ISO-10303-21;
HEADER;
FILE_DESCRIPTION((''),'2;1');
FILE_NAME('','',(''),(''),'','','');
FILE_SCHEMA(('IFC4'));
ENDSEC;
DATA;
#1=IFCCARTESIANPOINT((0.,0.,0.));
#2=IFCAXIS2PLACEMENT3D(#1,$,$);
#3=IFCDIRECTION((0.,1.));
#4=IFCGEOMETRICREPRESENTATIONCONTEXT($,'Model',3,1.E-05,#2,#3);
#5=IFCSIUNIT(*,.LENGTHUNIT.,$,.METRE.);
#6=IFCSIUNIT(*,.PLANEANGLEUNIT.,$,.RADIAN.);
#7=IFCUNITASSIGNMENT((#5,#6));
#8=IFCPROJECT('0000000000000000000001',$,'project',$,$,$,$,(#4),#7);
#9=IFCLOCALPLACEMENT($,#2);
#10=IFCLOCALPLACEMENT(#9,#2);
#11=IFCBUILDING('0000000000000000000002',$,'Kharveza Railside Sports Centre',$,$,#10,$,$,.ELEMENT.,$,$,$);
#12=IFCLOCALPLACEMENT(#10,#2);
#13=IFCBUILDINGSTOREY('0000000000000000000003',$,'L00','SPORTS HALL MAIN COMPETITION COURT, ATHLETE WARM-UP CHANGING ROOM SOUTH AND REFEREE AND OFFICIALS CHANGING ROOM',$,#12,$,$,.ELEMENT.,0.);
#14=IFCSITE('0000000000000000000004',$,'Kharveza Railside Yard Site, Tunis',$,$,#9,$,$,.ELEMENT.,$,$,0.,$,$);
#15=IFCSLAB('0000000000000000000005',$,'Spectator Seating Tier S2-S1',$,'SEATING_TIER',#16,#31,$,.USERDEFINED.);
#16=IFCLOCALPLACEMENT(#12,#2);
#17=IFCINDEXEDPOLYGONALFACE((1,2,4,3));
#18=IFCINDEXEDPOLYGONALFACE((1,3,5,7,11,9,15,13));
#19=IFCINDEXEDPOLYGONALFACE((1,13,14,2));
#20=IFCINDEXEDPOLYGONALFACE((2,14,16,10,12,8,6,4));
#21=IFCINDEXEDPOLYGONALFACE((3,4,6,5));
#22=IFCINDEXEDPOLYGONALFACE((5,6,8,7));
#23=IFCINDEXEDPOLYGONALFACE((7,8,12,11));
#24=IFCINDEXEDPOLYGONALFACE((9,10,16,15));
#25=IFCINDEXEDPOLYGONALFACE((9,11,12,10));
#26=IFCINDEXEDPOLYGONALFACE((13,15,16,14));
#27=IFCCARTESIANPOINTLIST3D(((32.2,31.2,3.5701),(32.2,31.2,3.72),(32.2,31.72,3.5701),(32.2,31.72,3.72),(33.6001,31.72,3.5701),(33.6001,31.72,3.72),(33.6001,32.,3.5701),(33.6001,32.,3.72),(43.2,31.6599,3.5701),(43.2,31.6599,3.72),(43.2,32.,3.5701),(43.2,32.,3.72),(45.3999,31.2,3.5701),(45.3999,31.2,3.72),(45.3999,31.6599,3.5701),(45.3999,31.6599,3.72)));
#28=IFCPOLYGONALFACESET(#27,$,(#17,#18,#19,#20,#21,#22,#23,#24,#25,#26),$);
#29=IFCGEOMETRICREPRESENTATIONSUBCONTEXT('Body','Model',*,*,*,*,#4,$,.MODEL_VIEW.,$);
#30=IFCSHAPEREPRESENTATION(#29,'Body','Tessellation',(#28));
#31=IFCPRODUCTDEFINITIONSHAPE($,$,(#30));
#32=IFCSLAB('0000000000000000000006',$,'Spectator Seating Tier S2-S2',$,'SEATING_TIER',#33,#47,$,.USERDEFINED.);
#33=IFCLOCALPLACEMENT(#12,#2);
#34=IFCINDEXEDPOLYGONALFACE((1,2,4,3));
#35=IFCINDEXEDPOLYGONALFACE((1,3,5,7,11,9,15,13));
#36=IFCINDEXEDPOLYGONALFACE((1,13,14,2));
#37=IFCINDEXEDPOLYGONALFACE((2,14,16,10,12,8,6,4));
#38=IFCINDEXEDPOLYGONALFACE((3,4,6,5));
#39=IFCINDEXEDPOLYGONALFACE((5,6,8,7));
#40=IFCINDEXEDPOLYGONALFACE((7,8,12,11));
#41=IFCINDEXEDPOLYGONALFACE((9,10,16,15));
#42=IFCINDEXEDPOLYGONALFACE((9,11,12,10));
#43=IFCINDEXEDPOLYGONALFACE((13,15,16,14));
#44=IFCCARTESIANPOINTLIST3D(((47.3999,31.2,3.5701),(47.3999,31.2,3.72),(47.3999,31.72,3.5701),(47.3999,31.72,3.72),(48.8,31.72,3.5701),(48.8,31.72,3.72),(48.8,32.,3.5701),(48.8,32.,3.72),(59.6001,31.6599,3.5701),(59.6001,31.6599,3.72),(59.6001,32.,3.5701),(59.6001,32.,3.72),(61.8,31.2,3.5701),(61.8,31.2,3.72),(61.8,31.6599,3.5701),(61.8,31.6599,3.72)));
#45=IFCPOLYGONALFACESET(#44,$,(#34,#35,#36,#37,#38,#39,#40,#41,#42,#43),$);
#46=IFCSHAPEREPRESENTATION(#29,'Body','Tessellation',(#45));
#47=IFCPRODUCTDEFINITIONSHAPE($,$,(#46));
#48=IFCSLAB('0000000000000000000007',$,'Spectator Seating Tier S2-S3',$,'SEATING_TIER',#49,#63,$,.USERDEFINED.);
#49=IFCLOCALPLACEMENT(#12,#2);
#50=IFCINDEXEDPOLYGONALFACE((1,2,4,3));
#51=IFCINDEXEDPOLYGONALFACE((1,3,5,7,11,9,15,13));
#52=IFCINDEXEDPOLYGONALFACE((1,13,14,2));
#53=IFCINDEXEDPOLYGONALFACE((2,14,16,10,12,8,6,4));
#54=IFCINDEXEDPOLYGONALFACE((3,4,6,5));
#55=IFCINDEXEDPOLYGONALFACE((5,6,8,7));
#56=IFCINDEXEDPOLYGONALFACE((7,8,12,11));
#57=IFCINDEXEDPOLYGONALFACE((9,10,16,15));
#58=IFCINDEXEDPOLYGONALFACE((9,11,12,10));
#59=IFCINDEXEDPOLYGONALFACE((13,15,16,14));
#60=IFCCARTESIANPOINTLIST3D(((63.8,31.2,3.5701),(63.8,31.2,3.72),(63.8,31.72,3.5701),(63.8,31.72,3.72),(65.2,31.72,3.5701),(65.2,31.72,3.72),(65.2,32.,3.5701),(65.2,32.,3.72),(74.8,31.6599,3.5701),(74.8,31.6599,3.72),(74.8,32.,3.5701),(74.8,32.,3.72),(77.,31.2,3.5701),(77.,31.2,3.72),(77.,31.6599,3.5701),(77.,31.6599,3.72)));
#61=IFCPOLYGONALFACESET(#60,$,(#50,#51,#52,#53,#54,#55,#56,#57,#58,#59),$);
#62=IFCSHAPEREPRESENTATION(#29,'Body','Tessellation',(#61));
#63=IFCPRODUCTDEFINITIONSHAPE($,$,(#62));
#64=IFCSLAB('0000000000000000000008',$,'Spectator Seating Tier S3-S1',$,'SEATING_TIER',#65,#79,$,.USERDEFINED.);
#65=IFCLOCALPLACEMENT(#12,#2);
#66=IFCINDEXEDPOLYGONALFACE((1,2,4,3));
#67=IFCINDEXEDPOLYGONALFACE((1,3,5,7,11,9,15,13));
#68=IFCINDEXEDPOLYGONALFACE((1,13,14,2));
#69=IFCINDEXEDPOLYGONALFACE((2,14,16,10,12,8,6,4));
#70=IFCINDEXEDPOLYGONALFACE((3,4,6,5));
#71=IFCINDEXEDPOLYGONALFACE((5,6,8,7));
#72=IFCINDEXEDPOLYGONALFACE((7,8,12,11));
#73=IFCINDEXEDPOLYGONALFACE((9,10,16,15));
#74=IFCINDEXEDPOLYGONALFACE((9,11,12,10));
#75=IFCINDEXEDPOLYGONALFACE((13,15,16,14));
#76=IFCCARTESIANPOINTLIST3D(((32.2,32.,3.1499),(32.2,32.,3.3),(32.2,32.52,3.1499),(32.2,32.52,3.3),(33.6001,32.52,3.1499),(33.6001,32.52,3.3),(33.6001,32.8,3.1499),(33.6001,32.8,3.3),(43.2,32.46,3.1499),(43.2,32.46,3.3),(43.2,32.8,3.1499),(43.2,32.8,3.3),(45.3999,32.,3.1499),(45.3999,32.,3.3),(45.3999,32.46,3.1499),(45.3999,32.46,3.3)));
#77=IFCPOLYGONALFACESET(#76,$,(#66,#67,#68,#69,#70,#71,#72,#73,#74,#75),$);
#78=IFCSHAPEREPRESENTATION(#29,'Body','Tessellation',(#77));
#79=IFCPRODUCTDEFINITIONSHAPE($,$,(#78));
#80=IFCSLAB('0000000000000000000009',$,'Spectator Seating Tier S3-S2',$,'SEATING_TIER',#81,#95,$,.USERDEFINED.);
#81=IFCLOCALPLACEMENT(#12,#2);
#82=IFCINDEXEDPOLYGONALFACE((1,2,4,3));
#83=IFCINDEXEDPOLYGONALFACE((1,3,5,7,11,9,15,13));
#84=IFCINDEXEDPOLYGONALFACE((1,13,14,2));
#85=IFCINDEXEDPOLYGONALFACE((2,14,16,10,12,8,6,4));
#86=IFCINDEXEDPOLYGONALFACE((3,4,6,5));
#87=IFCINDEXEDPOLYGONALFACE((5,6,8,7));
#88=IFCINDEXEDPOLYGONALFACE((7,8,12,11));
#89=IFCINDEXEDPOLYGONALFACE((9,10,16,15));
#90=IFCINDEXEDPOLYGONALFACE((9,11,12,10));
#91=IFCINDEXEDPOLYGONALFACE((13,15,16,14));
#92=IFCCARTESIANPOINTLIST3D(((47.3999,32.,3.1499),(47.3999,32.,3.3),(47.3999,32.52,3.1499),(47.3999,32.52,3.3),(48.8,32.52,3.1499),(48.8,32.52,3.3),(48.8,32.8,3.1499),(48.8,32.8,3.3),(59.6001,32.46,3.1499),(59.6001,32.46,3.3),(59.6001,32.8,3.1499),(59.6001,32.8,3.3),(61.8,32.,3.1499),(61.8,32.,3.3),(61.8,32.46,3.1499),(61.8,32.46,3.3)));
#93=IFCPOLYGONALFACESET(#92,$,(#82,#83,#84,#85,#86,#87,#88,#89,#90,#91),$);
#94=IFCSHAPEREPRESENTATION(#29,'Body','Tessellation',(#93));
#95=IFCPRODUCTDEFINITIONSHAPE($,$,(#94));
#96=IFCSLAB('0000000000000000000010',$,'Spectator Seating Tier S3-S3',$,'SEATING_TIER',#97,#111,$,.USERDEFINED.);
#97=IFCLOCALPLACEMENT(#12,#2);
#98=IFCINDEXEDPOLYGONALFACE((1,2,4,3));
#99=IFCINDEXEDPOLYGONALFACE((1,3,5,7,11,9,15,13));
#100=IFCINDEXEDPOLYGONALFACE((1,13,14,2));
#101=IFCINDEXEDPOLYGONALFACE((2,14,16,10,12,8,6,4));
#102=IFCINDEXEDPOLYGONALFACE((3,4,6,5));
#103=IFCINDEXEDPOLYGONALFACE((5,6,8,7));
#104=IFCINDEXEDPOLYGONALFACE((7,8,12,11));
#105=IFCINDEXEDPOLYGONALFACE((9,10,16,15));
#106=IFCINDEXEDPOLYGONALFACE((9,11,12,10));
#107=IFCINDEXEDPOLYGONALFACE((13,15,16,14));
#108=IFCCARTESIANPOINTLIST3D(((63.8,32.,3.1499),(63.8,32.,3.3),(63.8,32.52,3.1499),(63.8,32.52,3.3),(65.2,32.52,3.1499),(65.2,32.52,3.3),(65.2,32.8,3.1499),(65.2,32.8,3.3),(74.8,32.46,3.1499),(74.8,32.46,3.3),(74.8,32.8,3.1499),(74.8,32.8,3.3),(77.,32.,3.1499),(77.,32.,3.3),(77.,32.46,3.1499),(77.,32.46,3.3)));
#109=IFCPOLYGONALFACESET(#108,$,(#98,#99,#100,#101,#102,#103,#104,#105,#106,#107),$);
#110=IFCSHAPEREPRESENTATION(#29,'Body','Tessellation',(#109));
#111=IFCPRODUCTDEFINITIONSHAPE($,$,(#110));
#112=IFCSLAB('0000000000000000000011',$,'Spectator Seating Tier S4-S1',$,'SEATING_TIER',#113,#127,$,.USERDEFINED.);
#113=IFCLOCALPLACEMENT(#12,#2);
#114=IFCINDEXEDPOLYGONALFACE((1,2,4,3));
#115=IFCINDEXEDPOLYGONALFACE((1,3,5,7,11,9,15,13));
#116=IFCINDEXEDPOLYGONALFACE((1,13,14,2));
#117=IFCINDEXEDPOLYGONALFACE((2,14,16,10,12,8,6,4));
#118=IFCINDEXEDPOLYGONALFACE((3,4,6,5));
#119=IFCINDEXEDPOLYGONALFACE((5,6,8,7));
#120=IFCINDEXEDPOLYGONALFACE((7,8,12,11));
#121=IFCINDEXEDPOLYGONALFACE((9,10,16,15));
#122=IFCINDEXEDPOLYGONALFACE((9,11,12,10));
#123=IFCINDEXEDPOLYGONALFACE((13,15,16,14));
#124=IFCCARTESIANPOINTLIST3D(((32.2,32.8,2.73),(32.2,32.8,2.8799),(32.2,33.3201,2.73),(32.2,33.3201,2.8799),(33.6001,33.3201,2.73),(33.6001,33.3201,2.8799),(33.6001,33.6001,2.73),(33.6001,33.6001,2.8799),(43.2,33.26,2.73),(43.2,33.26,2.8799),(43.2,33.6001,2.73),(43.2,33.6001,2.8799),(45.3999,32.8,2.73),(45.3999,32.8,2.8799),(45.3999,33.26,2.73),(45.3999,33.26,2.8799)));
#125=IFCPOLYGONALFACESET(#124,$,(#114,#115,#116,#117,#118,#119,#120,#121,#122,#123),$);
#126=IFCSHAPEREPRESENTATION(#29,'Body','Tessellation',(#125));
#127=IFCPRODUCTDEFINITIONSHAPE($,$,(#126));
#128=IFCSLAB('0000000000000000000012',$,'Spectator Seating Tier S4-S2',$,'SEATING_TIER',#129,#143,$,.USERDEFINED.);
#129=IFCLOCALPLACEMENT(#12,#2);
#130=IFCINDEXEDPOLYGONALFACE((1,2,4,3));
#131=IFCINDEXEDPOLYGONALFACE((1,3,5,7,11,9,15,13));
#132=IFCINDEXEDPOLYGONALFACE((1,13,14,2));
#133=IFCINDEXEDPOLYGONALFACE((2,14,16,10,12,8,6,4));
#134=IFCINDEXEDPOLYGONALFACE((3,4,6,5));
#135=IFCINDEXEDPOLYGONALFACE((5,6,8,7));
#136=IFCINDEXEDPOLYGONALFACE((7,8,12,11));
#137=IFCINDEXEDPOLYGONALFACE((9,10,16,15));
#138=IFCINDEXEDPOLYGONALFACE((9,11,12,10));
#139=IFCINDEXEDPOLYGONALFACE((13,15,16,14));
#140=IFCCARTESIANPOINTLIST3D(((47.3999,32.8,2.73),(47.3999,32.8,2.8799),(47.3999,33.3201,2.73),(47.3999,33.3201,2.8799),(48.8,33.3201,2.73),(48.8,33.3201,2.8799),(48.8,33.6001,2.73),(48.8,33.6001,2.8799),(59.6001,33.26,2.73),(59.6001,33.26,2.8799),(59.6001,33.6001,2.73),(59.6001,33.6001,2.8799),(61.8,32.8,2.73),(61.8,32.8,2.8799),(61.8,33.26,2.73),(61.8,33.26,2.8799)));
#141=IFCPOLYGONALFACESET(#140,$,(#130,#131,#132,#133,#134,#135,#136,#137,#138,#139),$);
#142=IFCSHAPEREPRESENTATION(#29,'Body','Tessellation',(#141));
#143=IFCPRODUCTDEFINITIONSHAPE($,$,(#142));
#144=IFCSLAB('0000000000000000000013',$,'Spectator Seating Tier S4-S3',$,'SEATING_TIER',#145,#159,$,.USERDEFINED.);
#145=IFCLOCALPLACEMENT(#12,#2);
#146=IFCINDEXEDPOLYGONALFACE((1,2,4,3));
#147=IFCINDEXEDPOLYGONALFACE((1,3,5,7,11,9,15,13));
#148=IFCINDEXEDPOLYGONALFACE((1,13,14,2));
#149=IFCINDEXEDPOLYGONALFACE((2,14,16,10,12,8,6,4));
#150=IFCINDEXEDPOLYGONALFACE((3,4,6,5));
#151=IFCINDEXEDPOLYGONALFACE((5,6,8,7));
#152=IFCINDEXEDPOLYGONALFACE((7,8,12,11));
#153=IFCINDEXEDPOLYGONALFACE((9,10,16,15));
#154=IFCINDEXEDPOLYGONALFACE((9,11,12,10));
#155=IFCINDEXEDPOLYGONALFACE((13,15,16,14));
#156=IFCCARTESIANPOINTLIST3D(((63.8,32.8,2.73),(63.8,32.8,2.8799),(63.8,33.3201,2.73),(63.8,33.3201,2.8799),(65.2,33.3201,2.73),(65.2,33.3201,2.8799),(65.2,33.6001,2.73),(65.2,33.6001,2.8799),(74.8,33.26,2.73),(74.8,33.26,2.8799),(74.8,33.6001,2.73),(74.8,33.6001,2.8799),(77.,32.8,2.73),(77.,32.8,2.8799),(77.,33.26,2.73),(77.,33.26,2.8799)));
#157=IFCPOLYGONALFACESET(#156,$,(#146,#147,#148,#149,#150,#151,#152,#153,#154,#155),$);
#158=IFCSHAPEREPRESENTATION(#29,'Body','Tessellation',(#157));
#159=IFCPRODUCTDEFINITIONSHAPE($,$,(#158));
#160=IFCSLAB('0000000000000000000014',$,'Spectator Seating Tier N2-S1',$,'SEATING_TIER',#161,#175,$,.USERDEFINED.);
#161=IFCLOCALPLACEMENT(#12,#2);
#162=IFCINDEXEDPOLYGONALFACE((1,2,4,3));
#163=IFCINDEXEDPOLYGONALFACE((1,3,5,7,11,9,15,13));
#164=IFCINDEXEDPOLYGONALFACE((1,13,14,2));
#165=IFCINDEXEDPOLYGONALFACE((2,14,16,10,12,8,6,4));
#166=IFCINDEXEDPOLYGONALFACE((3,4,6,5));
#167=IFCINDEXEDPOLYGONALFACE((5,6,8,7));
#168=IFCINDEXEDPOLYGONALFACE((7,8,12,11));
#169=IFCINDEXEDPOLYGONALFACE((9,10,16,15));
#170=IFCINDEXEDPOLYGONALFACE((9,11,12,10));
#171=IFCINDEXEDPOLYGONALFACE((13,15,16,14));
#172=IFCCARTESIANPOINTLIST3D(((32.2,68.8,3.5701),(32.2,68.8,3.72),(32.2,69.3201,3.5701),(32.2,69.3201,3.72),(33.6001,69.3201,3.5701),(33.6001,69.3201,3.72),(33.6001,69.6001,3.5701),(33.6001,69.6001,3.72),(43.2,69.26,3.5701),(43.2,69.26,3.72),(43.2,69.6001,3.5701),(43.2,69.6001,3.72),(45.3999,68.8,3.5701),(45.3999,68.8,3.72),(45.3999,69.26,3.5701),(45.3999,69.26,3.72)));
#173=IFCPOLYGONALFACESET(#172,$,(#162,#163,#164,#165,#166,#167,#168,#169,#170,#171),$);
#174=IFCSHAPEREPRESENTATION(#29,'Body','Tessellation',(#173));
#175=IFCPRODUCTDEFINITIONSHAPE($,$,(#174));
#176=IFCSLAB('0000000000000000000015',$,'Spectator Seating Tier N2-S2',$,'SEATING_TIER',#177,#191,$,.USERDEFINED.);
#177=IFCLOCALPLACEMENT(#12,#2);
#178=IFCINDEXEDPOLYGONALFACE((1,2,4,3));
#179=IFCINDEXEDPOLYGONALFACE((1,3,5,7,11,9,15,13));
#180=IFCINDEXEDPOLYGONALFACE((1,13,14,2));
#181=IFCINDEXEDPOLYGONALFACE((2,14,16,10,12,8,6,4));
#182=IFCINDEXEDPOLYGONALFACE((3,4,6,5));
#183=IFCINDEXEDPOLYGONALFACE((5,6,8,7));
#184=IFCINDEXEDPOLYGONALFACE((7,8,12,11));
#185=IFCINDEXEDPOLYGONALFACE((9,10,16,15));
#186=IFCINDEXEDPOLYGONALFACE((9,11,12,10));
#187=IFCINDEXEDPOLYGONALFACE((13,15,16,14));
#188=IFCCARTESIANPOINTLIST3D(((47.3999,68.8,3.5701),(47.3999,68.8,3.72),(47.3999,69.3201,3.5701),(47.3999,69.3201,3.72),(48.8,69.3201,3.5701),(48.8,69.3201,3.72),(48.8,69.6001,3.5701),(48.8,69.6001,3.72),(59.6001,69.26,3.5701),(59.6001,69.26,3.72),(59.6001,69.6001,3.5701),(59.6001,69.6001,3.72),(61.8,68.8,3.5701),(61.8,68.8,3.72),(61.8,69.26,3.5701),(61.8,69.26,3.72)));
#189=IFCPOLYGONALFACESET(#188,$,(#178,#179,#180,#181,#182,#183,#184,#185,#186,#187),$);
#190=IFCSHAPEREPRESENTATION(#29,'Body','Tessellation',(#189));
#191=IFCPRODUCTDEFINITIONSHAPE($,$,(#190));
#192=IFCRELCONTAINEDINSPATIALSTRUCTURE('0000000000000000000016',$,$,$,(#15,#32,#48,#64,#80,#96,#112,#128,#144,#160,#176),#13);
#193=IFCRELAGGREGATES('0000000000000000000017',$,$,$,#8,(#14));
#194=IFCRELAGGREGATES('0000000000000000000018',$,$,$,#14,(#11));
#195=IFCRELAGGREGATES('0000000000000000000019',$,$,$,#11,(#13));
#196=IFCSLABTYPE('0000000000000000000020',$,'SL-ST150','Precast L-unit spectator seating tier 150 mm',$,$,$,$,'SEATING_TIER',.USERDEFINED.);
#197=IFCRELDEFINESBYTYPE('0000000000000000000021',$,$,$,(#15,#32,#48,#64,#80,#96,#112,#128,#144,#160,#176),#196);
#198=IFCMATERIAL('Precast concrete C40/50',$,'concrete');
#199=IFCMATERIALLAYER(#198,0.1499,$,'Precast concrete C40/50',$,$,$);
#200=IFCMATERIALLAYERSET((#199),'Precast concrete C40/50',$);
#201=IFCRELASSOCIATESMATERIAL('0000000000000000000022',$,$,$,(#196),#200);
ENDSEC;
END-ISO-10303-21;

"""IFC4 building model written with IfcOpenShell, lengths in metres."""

from ifc_helpers import new_model, si_unit, direction, frame, origin, place, context, subcontext, project, spatial, polyline, outline, extrude, material, layer, layer_set, type_object, element, save


model = new_model("IFC4")

# Units and contexts
model_context = context("Model", 3, precision=1e-05, world=origin(), true_north=direction((0.0, 1.0)))
body_context = subcontext(model_context, "Body", "Model", "MODEL_VIEW")
ifc_project = project(units=[si_unit("LENGTHUNIT", "METRE"), si_unit("PLANEANGLEUNIT", "RADIAN")], contexts=[model_context])

# Site, building, storey
site_placement = place(None, origin())
site = spatial("IfcSite", under=ifc_project, at=site_placement, Name="Kharveza Railside Yard Site, Tunis", CompositionType="ELEMENT", RefElevation=0.0)
building_placement = place(site_placement, origin())
building = spatial("IfcBuilding", under=site, at=building_placement, Name="Kharveza Railside Sports Centre", CompositionType="ELEMENT")
storey_placement = place(building_placement, origin())
storey = spatial("IfcBuildingStorey", under=building, at=storey_placement, Name="L00", Description="SPORTS HALL MAIN COMPETITION COURT, ATHLETE WARM-UP CHANGING ROOM SOUTH AND REFEREE AND OFFICIALS CHANGING ROOM", CompositionType="ELEMENT", Elevation=0.0)

# Slabs
ifc_material = material(Name="Precast concrete C40/50", Category="concrete")
ifc_layer_1 = layer(ifc_material, 0.1499, Name="Precast concrete C40/50")
ifc_layer_set_1 = layer_set([ifc_layer_1], Name="Precast concrete C40/50")
slab_type_1 = type_object("IfcSlabType", Name="SL-ST150", Description="Precast L-unit spectator seating tier 150 mm", ElementType="SEATING_TIER", PredefinedType="USERDEFINED", material=ifc_layer_set_1)
slab_1_placement = place(storey_placement, frame((0.0, 0.0, 3.5701)))
element("IfcSlab", 1, at=slab_1_placement, inside=storey, type_object=slab_type_1, Name="Spectator Seating Tier S2-S1", ObjectType="SEATING_TIER", PredefinedType="USERDEFINED", context=body_context, shape_type="SweptSolid", body=[
    extrude(outline(polyline([(32.2, 31.2), (45.3999, 31.2), (45.3999, 31.6599), (43.2, 31.6599), (43.2, 32.0), (33.6001, 32.0), (33.6001, 31.72), (32.2, 31.72), (32.2, 31.2)])), origin(), (0.0, 0.0, 1.0), 0.1499),
])
slab_2_placement = place(storey_placement, frame((0.0, 0.0, 3.5701)))
element("IfcSlab", 2, at=slab_2_placement, inside=storey, type_object=slab_type_1, Name="Spectator Seating Tier S2-S2", ObjectType="SEATING_TIER", PredefinedType="USERDEFINED", context=body_context, shape_type="SweptSolid", body=[
    extrude(outline(polyline([(47.3999, 31.2), (61.8, 31.2), (61.8, 31.6599), (59.6001, 31.6599), (59.6001, 32.0), (48.8, 32.0), (48.8, 31.72), (47.3999, 31.72), (47.3999, 31.2)])), origin(), (0.0, 0.0, 1.0), 0.1499),
])
slab_3_placement = place(storey_placement, frame((0.0, 0.0, 3.5701)))
element("IfcSlab", 3, at=slab_3_placement, inside=storey, type_object=slab_type_1, Name="Spectator Seating Tier S2-S3", ObjectType="SEATING_TIER", PredefinedType="USERDEFINED", context=body_context, shape_type="SweptSolid", body=[
    extrude(outline(polyline([(63.8, 31.2), (77.0, 31.2), (77.0, 31.6599), (74.8, 31.6599), (74.8, 32.0), (65.2, 32.0), (65.2, 31.72), (63.8, 31.72), (63.8, 31.2)])), origin(), (0.0, 0.0, 1.0), 0.1499),
])
slab_4_placement = place(storey_placement, frame((0.0, 0.0, 3.1499)))
element("IfcSlab", 4, at=slab_4_placement, inside=storey, type_object=slab_type_1, Name="Spectator Seating Tier S3-S1", ObjectType="SEATING_TIER", PredefinedType="USERDEFINED", context=body_context, shape_type="SweptSolid", body=[
    extrude(outline(polyline([(32.2, 32.0), (45.3999, 32.0), (45.3999, 32.46), (43.2, 32.46), (43.2, 32.8), (33.6001, 32.8), (33.6001, 32.52), (32.2, 32.52), (32.2, 32.0)])), origin(), (0.0, 0.0, 1.0), 0.1501),
])
slab_5_placement = place(storey_placement, frame((0.0, 0.0, 3.1499)))
element("IfcSlab", 5, at=slab_5_placement, inside=storey, type_object=slab_type_1, Name="Spectator Seating Tier S3-S2", ObjectType="SEATING_TIER", PredefinedType="USERDEFINED", context=body_context, shape_type="SweptSolid", body=[
    extrude(outline(polyline([(47.3999, 32.0), (61.8, 32.0), (61.8, 32.46), (59.6001, 32.46), (59.6001, 32.8), (48.8, 32.8), (48.8, 32.52), (47.3999, 32.52), (47.3999, 32.0)])), origin(), (0.0, 0.0, 1.0), 0.1501),
])
slab_6_placement = place(storey_placement, frame((0.0, 0.0, 3.1499)))
element("IfcSlab", 6, at=slab_6_placement, inside=storey, type_object=slab_type_1, Name="Spectator Seating Tier S3-S3", ObjectType="SEATING_TIER", PredefinedType="USERDEFINED", context=body_context, shape_type="SweptSolid", body=[
    extrude(outline(polyline([(63.8, 32.0), (77.0, 32.0), (77.0, 32.46), (74.8, 32.46), (74.8, 32.8), (65.2, 32.8), (65.2, 32.52), (63.8, 32.52), (63.8, 32.0)])), origin(), (0.0, 0.0, 1.0), 0.1501),
])
slab_7_placement = place(storey_placement, frame((0.0, 0.0, 2.73)))
element("IfcSlab", 7, at=slab_7_placement, inside=storey, type_object=slab_type_1, Name="Spectator Seating Tier S4-S1", ObjectType="SEATING_TIER", PredefinedType="USERDEFINED", context=body_context, shape_type="SweptSolid", body=[
    extrude(outline(polyline([(32.2, 32.8), (45.3999, 32.8), (45.3999, 33.26), (43.2, 33.26), (43.2, 33.6001), (33.6001, 33.6001), (33.6001, 33.3201), (32.2, 33.3201), (32.2, 32.8)])), origin(), (0.0, 0.0, 1.0), 0.1499),
])
slab_8_placement = place(storey_placement, frame((0.0, 0.0, 2.73)))
element("IfcSlab", 8, at=slab_8_placement, inside=storey, type_object=slab_type_1, Name="Spectator Seating Tier S4-S2", ObjectType="SEATING_TIER", PredefinedType="USERDEFINED", context=body_context, shape_type="SweptSolid", body=[
    extrude(outline(polyline([(47.3999, 32.8), (61.8, 32.8), (61.8, 33.26), (59.6001, 33.26), (59.6001, 33.6001), (48.8, 33.6001), (48.8, 33.3201), (47.3999, 33.3201), (47.3999, 32.8)])), origin(), (0.0, 0.0, 1.0), 0.1499),
])
slab_9_placement = place(storey_placement, frame((0.0, 0.0, 2.73)))
element("IfcSlab", 9, at=slab_9_placement, inside=storey, type_object=slab_type_1, Name="Spectator Seating Tier S4-S3", ObjectType="SEATING_TIER", PredefinedType="USERDEFINED", context=body_context, shape_type="SweptSolid", body=[
    extrude(outline(polyline([(63.8, 32.8), (77.0, 32.8), (77.0, 33.26), (74.8, 33.26), (74.8, 33.6001), (65.2, 33.6001), (65.2, 33.3201), (63.8, 33.3201), (63.8, 32.8)])), origin(), (0.0, 0.0, 1.0), 0.1499),
])
slab_10_placement = place(storey_placement, frame((0.0, 0.0, 3.5701)))
element("IfcSlab", 10, at=slab_10_placement, inside=storey, type_object=slab_type_1, Name="Spectator Seating Tier N2-S1", ObjectType="SEATING_TIER", PredefinedType="USERDEFINED", context=body_context, shape_type="SweptSolid", body=[
    extrude(outline(polyline([(32.2, 68.8), (45.3999, 68.8), (45.3999, 69.26), (43.2, 69.26), (43.2, 69.6001), (33.6001, 69.6001), (33.6001, 69.3201), (32.2, 69.3201), (32.2, 68.8)])), origin(), (0.0, 0.0, 1.0), 0.1499),
])
slab_11_placement = place(storey_placement, frame((0.0, 0.0, 3.5701)))
element("IfcSlab", 11, at=slab_11_placement, inside=storey, type_object=slab_type_1, Name="Spectator Seating Tier N2-S2", ObjectType="SEATING_TIER", PredefinedType="USERDEFINED", context=body_context, shape_type="SweptSolid", body=[
    extrude(outline(polyline([(47.3999, 68.8), (61.8, 68.8), (61.8, 69.26), (59.6001, 69.26), (59.6001, 69.6001), (48.8, 69.6001), (48.8, 69.3201), (47.3999, 69.3201), (47.3999, 68.8)])), origin(), (0.0, 0.0, 1.0), 0.1499),
])

save(model, "model.ifc")
